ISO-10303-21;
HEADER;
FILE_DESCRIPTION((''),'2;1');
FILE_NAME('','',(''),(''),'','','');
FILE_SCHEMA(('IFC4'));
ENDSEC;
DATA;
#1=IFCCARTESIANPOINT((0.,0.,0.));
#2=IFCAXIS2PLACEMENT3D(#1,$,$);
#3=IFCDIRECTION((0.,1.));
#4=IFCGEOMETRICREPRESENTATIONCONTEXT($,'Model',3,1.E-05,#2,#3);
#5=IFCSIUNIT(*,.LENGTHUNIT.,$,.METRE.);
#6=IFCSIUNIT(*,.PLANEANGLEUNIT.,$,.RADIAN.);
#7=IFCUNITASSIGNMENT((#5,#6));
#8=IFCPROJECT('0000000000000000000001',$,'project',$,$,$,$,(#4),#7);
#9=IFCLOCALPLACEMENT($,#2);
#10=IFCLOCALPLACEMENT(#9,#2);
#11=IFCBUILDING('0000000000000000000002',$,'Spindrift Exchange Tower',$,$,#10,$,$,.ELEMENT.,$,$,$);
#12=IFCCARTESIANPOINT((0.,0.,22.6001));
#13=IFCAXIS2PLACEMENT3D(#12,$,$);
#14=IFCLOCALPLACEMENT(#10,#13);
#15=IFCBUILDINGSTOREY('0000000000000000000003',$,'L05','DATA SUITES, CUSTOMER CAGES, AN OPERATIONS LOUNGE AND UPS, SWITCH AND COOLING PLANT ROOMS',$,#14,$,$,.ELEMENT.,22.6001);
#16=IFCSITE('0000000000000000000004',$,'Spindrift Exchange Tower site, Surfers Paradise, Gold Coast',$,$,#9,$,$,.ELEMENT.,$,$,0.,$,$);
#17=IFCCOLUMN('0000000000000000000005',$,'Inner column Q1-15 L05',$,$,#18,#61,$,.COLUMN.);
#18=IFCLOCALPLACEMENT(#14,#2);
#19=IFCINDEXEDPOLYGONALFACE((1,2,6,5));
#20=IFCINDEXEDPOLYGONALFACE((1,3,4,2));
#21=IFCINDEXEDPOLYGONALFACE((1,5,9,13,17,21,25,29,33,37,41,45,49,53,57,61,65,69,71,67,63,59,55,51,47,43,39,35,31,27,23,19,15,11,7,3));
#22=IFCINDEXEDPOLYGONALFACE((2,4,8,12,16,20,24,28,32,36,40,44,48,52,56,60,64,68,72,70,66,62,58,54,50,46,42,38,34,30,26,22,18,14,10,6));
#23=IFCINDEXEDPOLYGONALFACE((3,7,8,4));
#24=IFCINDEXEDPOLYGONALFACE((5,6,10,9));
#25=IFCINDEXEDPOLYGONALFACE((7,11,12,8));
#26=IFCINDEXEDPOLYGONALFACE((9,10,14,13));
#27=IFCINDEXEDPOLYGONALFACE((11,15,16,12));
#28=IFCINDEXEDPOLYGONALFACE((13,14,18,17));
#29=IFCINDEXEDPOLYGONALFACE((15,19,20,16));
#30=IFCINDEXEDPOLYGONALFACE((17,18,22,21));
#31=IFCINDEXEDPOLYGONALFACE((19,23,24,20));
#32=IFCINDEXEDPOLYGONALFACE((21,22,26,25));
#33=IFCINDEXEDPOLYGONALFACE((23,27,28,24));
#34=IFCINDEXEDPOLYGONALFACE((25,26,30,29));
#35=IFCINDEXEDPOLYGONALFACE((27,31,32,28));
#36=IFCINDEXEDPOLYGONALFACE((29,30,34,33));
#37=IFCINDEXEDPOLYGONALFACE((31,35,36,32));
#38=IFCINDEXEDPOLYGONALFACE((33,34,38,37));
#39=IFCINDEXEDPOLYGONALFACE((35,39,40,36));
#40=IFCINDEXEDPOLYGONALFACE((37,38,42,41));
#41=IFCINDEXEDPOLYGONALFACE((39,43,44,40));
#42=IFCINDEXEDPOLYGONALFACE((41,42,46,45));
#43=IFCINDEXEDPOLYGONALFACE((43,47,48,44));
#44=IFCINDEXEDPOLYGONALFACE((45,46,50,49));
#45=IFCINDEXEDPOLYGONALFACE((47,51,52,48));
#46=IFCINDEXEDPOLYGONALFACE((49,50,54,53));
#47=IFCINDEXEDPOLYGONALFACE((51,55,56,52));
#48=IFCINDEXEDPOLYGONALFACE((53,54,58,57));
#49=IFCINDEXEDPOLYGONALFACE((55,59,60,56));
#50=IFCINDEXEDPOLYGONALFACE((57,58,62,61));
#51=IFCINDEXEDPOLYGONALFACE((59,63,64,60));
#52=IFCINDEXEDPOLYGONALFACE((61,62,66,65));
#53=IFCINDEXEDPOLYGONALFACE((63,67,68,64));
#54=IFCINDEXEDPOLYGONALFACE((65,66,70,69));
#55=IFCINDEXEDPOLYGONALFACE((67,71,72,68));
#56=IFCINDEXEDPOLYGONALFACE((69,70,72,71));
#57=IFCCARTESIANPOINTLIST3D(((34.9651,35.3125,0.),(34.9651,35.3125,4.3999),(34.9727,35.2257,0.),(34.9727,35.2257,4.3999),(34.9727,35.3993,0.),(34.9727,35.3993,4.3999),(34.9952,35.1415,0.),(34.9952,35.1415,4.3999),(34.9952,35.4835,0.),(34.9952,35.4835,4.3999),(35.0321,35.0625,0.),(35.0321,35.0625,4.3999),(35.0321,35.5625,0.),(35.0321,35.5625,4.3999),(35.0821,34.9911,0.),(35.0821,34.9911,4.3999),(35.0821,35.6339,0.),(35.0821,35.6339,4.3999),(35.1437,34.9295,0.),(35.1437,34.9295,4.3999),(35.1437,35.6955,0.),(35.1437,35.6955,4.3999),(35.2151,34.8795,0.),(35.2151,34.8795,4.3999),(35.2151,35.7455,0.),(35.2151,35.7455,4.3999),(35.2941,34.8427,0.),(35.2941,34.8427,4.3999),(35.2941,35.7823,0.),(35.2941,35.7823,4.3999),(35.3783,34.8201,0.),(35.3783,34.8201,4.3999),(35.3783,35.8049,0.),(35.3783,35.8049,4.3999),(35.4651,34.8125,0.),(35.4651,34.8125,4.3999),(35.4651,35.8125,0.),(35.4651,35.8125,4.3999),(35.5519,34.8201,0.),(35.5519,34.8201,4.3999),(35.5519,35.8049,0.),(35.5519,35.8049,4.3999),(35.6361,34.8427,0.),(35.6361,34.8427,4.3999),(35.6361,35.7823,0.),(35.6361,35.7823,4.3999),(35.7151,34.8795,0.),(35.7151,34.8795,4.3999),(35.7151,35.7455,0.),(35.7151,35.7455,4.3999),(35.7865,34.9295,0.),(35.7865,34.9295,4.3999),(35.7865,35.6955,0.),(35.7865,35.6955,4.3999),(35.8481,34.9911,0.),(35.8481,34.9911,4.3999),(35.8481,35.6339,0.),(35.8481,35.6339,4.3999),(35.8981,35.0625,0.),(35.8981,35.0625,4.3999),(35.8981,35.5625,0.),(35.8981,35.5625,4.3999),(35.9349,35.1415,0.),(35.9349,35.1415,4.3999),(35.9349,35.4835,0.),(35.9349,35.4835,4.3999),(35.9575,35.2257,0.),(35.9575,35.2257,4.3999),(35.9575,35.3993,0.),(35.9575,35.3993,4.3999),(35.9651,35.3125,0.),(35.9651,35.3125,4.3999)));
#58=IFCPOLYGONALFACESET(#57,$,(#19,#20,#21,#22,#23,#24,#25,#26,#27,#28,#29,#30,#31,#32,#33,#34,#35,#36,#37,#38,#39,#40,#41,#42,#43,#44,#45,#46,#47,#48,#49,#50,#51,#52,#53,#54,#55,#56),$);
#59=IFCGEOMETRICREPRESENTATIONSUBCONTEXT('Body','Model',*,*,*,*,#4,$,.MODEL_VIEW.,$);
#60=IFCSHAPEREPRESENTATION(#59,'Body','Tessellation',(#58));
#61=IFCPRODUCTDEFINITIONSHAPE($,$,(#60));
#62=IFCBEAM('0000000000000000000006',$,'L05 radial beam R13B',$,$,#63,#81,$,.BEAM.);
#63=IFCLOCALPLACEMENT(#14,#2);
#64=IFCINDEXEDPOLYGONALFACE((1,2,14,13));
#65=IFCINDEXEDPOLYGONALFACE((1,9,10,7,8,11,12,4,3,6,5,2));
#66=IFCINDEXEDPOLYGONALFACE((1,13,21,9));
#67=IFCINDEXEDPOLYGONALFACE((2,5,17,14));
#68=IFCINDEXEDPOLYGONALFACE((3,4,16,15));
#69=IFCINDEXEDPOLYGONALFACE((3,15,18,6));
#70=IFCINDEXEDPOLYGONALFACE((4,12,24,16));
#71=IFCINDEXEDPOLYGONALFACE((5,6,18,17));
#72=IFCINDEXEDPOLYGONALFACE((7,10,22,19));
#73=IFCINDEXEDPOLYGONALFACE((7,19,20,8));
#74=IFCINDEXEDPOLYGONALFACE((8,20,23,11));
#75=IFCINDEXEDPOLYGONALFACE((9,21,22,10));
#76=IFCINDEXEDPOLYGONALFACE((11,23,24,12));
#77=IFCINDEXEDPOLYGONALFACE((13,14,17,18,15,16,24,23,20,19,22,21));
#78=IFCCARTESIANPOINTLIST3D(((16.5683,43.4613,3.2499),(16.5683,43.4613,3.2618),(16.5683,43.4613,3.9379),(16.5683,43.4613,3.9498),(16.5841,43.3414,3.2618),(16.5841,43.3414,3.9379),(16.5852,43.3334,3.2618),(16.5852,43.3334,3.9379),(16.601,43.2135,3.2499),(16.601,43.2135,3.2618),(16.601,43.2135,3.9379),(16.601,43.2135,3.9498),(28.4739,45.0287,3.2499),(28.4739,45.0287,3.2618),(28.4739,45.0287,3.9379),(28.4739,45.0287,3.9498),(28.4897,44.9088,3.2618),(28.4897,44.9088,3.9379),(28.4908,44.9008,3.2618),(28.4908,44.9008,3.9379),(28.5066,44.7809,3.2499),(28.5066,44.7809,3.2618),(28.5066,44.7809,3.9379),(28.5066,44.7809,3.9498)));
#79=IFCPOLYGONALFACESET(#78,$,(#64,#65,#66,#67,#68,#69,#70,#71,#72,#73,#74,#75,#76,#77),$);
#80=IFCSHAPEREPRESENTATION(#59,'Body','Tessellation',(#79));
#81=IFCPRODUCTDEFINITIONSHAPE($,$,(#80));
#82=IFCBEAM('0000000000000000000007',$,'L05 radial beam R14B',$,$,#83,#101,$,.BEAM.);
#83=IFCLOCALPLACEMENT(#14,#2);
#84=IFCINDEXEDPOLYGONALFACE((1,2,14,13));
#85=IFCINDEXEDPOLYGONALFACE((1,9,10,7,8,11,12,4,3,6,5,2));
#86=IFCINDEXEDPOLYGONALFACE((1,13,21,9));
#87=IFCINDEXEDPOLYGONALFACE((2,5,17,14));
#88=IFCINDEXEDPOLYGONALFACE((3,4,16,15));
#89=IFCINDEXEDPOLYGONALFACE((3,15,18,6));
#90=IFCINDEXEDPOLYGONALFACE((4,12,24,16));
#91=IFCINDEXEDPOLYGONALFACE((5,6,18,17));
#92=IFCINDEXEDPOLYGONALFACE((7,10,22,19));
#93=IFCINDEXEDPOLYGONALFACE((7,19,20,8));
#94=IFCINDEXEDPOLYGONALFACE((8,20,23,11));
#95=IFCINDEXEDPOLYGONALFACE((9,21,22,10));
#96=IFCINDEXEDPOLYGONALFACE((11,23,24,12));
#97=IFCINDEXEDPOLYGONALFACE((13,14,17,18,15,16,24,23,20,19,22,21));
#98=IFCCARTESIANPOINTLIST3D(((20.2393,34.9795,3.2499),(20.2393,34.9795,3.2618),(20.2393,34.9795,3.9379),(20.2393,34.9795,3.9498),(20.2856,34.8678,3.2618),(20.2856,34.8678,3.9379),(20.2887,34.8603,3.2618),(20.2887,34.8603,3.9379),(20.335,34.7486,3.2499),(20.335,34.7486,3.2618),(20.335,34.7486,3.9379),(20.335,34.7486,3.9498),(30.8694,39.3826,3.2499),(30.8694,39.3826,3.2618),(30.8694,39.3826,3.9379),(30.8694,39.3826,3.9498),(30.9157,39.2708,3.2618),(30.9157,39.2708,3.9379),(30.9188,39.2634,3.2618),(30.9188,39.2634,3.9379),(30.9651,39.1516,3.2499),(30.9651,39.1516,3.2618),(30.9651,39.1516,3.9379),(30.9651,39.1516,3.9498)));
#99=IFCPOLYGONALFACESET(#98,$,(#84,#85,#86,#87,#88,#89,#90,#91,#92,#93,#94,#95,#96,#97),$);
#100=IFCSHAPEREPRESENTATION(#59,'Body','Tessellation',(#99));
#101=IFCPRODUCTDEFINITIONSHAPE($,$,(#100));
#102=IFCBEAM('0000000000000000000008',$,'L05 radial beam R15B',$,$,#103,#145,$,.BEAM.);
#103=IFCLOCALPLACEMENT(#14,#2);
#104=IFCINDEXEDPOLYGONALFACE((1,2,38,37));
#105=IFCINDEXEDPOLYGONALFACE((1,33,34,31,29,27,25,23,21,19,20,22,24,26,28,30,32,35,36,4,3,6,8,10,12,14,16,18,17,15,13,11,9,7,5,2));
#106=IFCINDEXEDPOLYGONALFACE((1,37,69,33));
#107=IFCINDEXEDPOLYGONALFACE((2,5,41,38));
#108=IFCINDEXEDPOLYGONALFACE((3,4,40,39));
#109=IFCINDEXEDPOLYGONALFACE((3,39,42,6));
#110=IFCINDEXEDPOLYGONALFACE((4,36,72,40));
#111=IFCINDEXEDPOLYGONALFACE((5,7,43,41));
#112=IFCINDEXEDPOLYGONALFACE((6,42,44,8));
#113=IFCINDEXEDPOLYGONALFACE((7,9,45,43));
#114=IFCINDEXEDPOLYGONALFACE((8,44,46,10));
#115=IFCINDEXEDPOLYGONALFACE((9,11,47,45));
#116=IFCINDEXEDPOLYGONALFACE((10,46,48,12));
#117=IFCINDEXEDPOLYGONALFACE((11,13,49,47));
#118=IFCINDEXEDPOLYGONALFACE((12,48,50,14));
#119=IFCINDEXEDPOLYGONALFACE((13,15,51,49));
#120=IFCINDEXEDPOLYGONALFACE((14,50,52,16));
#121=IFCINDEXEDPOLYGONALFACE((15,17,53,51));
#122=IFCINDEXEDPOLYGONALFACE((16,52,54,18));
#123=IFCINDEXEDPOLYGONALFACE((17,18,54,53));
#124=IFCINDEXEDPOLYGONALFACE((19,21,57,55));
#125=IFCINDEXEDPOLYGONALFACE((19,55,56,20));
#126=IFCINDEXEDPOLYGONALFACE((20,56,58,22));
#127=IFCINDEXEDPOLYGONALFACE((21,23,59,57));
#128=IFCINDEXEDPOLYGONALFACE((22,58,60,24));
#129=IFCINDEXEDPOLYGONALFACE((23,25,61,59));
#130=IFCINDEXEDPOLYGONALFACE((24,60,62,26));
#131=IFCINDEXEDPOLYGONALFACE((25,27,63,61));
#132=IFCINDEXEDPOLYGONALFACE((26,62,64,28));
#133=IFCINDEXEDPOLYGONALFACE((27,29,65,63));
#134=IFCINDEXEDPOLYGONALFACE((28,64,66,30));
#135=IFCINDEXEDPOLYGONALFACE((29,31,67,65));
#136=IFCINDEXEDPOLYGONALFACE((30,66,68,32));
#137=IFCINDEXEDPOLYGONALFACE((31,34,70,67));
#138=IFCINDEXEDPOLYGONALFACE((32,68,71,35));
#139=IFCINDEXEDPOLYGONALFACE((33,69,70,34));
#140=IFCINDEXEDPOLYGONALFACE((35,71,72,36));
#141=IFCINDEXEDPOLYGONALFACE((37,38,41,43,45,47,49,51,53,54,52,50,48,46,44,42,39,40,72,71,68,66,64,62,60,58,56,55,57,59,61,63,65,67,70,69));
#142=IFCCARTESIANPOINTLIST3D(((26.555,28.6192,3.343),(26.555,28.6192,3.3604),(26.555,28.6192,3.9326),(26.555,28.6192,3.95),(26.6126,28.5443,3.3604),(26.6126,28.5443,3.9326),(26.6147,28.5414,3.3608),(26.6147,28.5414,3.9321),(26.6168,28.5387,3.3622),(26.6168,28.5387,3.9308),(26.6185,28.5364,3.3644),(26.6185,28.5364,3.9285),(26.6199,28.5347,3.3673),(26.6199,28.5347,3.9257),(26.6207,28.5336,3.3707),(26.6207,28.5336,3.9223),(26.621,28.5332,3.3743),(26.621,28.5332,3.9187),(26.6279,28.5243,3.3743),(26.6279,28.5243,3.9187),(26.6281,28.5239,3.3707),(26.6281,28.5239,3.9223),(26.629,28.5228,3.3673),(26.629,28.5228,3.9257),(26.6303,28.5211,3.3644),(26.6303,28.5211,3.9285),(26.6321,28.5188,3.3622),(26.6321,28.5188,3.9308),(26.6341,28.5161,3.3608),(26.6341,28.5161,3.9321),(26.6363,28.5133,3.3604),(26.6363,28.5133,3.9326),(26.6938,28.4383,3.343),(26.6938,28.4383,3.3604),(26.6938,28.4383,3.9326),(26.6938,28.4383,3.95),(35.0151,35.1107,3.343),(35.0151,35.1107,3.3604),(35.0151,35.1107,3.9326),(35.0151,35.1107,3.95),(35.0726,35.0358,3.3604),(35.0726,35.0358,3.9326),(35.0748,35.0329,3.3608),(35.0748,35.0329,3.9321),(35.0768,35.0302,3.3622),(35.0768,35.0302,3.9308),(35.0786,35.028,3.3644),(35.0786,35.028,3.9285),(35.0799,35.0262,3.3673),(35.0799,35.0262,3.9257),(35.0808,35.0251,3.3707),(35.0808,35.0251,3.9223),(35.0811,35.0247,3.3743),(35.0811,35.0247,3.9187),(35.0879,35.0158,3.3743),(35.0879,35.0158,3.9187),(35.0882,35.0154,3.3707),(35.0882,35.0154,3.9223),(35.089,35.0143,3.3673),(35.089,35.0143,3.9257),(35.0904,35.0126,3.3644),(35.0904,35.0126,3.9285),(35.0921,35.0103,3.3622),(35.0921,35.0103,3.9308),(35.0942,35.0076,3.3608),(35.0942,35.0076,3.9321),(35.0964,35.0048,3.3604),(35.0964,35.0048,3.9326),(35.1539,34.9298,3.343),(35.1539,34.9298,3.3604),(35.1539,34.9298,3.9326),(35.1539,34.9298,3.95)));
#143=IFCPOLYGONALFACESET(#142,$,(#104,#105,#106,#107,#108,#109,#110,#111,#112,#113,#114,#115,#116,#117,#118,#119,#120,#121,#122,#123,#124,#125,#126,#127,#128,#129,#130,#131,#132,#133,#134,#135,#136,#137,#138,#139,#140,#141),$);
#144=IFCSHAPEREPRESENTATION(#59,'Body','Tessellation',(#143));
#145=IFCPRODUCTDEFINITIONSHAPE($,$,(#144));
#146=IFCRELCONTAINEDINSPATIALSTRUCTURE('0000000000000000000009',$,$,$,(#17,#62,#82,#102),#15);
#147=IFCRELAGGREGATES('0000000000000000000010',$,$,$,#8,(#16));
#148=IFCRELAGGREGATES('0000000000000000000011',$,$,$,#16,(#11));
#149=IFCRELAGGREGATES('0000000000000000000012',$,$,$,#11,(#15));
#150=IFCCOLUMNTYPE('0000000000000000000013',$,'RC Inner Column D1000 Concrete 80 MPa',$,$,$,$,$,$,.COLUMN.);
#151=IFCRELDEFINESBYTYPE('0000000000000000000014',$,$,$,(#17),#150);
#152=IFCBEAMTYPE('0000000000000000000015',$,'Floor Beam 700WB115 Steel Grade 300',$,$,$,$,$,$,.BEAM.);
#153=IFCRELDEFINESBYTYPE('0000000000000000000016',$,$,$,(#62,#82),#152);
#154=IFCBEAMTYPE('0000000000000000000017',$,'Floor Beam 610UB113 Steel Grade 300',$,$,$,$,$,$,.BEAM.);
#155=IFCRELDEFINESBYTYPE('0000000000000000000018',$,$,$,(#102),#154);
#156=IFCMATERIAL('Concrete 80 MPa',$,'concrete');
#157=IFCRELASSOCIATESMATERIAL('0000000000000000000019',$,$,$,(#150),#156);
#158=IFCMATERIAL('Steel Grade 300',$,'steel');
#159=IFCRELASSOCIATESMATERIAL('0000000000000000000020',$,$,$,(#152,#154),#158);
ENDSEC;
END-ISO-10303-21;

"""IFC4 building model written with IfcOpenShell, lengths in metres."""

from ifc_helpers import new_model, si_unit, direction, frame, origin, origin_2d, place, context, subcontext, project, spatial, circle, i_section, extrude, source, transform, mapped, material, material_profile, profile_set, type_object, element, save


model = new_model("IFC4")

# Units and contexts
model_context = context("Model", 3, precision=1e-05, world=origin(), true_north=direction((0.0, 1.0)))
body_context = subcontext(model_context, "Body", "Model", "MODEL_VIEW")
ifc_project = project(units=[si_unit("LENGTHUNIT", "METRE"), si_unit("PLANEANGLEUNIT", "RADIAN")], contexts=[model_context])

# Site, building, storey
site_placement = place(None, origin())
site = spatial("IfcSite", under=ifc_project, at=site_placement, Name="Spindrift Exchange Tower site, Surfers Paradise, Gold Coast", CompositionType="ELEMENT", RefElevation=0.0)
building_placement = place(site_placement, origin())
building = spatial("IfcBuilding", under=site, at=building_placement, Name="Spindrift Exchange Tower", CompositionType="ELEMENT")
storey_placement = place(building_placement, frame((0.0, 0.0, 22.6001)))
storey = spatial("IfcBuildingStorey", under=building, at=storey_placement, Name="L05", Description="DATA SUITES, CUSTOMER CAGES, AN OPERATIONS LOUNGE AND UPS, SWITCH AND COOLING PLANT ROOMS", CompositionType="ELEMENT", Elevation=22.6001)

# Column
ifc_material_1 = material(Name="Concrete 80 MPa", Category="concrete")
ifc_material_profile_1 = material_profile(ifc_material_1, circle(Radius=0.5, at=origin_2d()), Name="RC D1000")
ifc_profile_set_1 = profile_set([ifc_material_profile_1], Name="Concrete 80 MPa")
column_type_1 = type_object("IfcColumnType", Name="RC Inner Column D1000 Concrete 80 MPa", PredefinedType="COLUMN", material=ifc_profile_set_1)
shared_shape_1 = source(origin(), body_context, "Body", "SweptSolid", [
    extrude(circle(Radius=0.5, at=origin_2d()), origin(), (0.0, 0.0, 1.0), 4.3999),
])
for number, where, z_axis, x_axis, name in (
    (1, (35.4651, 35.3125, 0.0), (0.0, 0.0, 1.0), (1.0, 0.0, 0.0), "Inner column Q1-15 L05"),
):
    element("IfcColumn", number, at=place(storey_placement, frame(where, z_axis=z_axis, x_axis=x_axis)), inside=storey, type_object=column_type_1, Name=name, PredefinedType="COLUMN", context=body_context, shape_type="MappedRepresentation", body=[
        mapped(shared_shape_1, transform((0.0, 0.0, 0.0), scale=1.0)),
    ])

# Beams
ifc_material_2 = material(Name="Steel Grade 300", Category="steel")
ifc_material_profile_2 = material_profile(ifc_material_2, i_section(OverallWidth=0.25, OverallDepth=0.7, WebThickness=0.0081, FlangeThickness=0.012, at=origin_2d()), Name="700WB115")
ifc_profile_set_2 = profile_set([ifc_material_profile_2], Name="Steel Grade 300")
beam_type_1 = type_object("IfcBeamType", Name="Floor Beam 700WB115 Steel Grade 300", PredefinedType="BEAM", material=ifc_profile_set_2)
shared_shape_2 = source(origin(), body_context, "Body", "SweptSolid", [
    extrude(i_section(OverallWidth=0.25, OverallDepth=0.7, WebThickness=0.0081, FlangeThickness=0.012, at=origin_2d()), origin(), (0.0, 0.0, 1.0), 12.0083),
])
beam_1_placement = place(storey_placement, frame((28.4902, 44.9048, 3.5999), z_axis=(-0.991445, -0.130526, 0.0), x_axis=(0.130526, -0.991445, 0.0)))
element("IfcBeam", 2, at=beam_1_placement, inside=storey, type_object=beam_type_1, Name="L05 radial beam R13B", PredefinedType="BEAM", context=body_context, shape_type="MappedRepresentation", body=[
    mapped(shared_shape_2, transform((0.0, 0.0, 0.0), scale=1.0)),
])
shared_shape_3 = source(origin(), body_context, "Body", "SweptSolid", [
    extrude(i_section(OverallWidth=0.25, OverallDepth=0.7, WebThickness=0.0081, FlangeThickness=0.012, at=origin_2d()), origin(), (0.0, 0.0, 1.0), 11.5059),
])
beam_2_placement = place(storey_placement, frame((30.9172, 39.2671, 3.5999), z_axis=(-0.923882, -0.382678, 0.0), x_axis=(0.382678, -0.923882, 0.0)))
element("IfcBeam", 3, at=beam_2_placement, inside=storey, type_object=beam_type_1, Name="L05 radial beam R14B", PredefinedType="BEAM", context=body_context, shape_type="MappedRepresentation", body=[
    mapped(shared_shape_3, transform((0.0, 0.0, 0.0), scale=1.0)),
])
ifc_material_profile_3 = material_profile(ifc_material_2, i_section(OverallWidth=0.228, OverallDepth=0.6069, WebThickness=0.0112, FlangeThickness=0.0173, FilletRadius=0.0139, at=origin_2d()), Name="610UB113")
ifc_profile_set_3 = profile_set([ifc_material_profile_3], Name="Steel Grade 300")
beam_type_2 = type_object("IfcBeamType", Name="Floor Beam 610UB113 Steel Grade 300", PredefinedType="BEAM", material=ifc_profile_set_3)
shared_shape_4 = source(origin(), body_context, "Body", "SweptSolid", [
    extrude(i_section(OverallWidth=0.228, OverallDepth=0.6069, WebThickness=0.0112, FlangeThickness=0.0173, FilletRadius=0.0139, at=origin_2d()), origin(), (0.0, 0.0, 1.0), 10.6636),
])
beam_3_placement = place(storey_placement, frame((35.0845, 35.0203, 3.6465), z_axis=(-0.793358, -0.608755, 0.0), x_axis=(0.608755, -0.793358, 0.0)))
element("IfcBeam", 4, at=beam_3_placement, inside=storey, type_object=beam_type_2, Name="L05 radial beam R15B", PredefinedType="BEAM", context=body_context, shape_type="MappedRepresentation", body=[
    mapped(shared_shape_4, transform((0.0, 0.0, 0.0), scale=1.0)),
])

save(model, "model.ifc")
